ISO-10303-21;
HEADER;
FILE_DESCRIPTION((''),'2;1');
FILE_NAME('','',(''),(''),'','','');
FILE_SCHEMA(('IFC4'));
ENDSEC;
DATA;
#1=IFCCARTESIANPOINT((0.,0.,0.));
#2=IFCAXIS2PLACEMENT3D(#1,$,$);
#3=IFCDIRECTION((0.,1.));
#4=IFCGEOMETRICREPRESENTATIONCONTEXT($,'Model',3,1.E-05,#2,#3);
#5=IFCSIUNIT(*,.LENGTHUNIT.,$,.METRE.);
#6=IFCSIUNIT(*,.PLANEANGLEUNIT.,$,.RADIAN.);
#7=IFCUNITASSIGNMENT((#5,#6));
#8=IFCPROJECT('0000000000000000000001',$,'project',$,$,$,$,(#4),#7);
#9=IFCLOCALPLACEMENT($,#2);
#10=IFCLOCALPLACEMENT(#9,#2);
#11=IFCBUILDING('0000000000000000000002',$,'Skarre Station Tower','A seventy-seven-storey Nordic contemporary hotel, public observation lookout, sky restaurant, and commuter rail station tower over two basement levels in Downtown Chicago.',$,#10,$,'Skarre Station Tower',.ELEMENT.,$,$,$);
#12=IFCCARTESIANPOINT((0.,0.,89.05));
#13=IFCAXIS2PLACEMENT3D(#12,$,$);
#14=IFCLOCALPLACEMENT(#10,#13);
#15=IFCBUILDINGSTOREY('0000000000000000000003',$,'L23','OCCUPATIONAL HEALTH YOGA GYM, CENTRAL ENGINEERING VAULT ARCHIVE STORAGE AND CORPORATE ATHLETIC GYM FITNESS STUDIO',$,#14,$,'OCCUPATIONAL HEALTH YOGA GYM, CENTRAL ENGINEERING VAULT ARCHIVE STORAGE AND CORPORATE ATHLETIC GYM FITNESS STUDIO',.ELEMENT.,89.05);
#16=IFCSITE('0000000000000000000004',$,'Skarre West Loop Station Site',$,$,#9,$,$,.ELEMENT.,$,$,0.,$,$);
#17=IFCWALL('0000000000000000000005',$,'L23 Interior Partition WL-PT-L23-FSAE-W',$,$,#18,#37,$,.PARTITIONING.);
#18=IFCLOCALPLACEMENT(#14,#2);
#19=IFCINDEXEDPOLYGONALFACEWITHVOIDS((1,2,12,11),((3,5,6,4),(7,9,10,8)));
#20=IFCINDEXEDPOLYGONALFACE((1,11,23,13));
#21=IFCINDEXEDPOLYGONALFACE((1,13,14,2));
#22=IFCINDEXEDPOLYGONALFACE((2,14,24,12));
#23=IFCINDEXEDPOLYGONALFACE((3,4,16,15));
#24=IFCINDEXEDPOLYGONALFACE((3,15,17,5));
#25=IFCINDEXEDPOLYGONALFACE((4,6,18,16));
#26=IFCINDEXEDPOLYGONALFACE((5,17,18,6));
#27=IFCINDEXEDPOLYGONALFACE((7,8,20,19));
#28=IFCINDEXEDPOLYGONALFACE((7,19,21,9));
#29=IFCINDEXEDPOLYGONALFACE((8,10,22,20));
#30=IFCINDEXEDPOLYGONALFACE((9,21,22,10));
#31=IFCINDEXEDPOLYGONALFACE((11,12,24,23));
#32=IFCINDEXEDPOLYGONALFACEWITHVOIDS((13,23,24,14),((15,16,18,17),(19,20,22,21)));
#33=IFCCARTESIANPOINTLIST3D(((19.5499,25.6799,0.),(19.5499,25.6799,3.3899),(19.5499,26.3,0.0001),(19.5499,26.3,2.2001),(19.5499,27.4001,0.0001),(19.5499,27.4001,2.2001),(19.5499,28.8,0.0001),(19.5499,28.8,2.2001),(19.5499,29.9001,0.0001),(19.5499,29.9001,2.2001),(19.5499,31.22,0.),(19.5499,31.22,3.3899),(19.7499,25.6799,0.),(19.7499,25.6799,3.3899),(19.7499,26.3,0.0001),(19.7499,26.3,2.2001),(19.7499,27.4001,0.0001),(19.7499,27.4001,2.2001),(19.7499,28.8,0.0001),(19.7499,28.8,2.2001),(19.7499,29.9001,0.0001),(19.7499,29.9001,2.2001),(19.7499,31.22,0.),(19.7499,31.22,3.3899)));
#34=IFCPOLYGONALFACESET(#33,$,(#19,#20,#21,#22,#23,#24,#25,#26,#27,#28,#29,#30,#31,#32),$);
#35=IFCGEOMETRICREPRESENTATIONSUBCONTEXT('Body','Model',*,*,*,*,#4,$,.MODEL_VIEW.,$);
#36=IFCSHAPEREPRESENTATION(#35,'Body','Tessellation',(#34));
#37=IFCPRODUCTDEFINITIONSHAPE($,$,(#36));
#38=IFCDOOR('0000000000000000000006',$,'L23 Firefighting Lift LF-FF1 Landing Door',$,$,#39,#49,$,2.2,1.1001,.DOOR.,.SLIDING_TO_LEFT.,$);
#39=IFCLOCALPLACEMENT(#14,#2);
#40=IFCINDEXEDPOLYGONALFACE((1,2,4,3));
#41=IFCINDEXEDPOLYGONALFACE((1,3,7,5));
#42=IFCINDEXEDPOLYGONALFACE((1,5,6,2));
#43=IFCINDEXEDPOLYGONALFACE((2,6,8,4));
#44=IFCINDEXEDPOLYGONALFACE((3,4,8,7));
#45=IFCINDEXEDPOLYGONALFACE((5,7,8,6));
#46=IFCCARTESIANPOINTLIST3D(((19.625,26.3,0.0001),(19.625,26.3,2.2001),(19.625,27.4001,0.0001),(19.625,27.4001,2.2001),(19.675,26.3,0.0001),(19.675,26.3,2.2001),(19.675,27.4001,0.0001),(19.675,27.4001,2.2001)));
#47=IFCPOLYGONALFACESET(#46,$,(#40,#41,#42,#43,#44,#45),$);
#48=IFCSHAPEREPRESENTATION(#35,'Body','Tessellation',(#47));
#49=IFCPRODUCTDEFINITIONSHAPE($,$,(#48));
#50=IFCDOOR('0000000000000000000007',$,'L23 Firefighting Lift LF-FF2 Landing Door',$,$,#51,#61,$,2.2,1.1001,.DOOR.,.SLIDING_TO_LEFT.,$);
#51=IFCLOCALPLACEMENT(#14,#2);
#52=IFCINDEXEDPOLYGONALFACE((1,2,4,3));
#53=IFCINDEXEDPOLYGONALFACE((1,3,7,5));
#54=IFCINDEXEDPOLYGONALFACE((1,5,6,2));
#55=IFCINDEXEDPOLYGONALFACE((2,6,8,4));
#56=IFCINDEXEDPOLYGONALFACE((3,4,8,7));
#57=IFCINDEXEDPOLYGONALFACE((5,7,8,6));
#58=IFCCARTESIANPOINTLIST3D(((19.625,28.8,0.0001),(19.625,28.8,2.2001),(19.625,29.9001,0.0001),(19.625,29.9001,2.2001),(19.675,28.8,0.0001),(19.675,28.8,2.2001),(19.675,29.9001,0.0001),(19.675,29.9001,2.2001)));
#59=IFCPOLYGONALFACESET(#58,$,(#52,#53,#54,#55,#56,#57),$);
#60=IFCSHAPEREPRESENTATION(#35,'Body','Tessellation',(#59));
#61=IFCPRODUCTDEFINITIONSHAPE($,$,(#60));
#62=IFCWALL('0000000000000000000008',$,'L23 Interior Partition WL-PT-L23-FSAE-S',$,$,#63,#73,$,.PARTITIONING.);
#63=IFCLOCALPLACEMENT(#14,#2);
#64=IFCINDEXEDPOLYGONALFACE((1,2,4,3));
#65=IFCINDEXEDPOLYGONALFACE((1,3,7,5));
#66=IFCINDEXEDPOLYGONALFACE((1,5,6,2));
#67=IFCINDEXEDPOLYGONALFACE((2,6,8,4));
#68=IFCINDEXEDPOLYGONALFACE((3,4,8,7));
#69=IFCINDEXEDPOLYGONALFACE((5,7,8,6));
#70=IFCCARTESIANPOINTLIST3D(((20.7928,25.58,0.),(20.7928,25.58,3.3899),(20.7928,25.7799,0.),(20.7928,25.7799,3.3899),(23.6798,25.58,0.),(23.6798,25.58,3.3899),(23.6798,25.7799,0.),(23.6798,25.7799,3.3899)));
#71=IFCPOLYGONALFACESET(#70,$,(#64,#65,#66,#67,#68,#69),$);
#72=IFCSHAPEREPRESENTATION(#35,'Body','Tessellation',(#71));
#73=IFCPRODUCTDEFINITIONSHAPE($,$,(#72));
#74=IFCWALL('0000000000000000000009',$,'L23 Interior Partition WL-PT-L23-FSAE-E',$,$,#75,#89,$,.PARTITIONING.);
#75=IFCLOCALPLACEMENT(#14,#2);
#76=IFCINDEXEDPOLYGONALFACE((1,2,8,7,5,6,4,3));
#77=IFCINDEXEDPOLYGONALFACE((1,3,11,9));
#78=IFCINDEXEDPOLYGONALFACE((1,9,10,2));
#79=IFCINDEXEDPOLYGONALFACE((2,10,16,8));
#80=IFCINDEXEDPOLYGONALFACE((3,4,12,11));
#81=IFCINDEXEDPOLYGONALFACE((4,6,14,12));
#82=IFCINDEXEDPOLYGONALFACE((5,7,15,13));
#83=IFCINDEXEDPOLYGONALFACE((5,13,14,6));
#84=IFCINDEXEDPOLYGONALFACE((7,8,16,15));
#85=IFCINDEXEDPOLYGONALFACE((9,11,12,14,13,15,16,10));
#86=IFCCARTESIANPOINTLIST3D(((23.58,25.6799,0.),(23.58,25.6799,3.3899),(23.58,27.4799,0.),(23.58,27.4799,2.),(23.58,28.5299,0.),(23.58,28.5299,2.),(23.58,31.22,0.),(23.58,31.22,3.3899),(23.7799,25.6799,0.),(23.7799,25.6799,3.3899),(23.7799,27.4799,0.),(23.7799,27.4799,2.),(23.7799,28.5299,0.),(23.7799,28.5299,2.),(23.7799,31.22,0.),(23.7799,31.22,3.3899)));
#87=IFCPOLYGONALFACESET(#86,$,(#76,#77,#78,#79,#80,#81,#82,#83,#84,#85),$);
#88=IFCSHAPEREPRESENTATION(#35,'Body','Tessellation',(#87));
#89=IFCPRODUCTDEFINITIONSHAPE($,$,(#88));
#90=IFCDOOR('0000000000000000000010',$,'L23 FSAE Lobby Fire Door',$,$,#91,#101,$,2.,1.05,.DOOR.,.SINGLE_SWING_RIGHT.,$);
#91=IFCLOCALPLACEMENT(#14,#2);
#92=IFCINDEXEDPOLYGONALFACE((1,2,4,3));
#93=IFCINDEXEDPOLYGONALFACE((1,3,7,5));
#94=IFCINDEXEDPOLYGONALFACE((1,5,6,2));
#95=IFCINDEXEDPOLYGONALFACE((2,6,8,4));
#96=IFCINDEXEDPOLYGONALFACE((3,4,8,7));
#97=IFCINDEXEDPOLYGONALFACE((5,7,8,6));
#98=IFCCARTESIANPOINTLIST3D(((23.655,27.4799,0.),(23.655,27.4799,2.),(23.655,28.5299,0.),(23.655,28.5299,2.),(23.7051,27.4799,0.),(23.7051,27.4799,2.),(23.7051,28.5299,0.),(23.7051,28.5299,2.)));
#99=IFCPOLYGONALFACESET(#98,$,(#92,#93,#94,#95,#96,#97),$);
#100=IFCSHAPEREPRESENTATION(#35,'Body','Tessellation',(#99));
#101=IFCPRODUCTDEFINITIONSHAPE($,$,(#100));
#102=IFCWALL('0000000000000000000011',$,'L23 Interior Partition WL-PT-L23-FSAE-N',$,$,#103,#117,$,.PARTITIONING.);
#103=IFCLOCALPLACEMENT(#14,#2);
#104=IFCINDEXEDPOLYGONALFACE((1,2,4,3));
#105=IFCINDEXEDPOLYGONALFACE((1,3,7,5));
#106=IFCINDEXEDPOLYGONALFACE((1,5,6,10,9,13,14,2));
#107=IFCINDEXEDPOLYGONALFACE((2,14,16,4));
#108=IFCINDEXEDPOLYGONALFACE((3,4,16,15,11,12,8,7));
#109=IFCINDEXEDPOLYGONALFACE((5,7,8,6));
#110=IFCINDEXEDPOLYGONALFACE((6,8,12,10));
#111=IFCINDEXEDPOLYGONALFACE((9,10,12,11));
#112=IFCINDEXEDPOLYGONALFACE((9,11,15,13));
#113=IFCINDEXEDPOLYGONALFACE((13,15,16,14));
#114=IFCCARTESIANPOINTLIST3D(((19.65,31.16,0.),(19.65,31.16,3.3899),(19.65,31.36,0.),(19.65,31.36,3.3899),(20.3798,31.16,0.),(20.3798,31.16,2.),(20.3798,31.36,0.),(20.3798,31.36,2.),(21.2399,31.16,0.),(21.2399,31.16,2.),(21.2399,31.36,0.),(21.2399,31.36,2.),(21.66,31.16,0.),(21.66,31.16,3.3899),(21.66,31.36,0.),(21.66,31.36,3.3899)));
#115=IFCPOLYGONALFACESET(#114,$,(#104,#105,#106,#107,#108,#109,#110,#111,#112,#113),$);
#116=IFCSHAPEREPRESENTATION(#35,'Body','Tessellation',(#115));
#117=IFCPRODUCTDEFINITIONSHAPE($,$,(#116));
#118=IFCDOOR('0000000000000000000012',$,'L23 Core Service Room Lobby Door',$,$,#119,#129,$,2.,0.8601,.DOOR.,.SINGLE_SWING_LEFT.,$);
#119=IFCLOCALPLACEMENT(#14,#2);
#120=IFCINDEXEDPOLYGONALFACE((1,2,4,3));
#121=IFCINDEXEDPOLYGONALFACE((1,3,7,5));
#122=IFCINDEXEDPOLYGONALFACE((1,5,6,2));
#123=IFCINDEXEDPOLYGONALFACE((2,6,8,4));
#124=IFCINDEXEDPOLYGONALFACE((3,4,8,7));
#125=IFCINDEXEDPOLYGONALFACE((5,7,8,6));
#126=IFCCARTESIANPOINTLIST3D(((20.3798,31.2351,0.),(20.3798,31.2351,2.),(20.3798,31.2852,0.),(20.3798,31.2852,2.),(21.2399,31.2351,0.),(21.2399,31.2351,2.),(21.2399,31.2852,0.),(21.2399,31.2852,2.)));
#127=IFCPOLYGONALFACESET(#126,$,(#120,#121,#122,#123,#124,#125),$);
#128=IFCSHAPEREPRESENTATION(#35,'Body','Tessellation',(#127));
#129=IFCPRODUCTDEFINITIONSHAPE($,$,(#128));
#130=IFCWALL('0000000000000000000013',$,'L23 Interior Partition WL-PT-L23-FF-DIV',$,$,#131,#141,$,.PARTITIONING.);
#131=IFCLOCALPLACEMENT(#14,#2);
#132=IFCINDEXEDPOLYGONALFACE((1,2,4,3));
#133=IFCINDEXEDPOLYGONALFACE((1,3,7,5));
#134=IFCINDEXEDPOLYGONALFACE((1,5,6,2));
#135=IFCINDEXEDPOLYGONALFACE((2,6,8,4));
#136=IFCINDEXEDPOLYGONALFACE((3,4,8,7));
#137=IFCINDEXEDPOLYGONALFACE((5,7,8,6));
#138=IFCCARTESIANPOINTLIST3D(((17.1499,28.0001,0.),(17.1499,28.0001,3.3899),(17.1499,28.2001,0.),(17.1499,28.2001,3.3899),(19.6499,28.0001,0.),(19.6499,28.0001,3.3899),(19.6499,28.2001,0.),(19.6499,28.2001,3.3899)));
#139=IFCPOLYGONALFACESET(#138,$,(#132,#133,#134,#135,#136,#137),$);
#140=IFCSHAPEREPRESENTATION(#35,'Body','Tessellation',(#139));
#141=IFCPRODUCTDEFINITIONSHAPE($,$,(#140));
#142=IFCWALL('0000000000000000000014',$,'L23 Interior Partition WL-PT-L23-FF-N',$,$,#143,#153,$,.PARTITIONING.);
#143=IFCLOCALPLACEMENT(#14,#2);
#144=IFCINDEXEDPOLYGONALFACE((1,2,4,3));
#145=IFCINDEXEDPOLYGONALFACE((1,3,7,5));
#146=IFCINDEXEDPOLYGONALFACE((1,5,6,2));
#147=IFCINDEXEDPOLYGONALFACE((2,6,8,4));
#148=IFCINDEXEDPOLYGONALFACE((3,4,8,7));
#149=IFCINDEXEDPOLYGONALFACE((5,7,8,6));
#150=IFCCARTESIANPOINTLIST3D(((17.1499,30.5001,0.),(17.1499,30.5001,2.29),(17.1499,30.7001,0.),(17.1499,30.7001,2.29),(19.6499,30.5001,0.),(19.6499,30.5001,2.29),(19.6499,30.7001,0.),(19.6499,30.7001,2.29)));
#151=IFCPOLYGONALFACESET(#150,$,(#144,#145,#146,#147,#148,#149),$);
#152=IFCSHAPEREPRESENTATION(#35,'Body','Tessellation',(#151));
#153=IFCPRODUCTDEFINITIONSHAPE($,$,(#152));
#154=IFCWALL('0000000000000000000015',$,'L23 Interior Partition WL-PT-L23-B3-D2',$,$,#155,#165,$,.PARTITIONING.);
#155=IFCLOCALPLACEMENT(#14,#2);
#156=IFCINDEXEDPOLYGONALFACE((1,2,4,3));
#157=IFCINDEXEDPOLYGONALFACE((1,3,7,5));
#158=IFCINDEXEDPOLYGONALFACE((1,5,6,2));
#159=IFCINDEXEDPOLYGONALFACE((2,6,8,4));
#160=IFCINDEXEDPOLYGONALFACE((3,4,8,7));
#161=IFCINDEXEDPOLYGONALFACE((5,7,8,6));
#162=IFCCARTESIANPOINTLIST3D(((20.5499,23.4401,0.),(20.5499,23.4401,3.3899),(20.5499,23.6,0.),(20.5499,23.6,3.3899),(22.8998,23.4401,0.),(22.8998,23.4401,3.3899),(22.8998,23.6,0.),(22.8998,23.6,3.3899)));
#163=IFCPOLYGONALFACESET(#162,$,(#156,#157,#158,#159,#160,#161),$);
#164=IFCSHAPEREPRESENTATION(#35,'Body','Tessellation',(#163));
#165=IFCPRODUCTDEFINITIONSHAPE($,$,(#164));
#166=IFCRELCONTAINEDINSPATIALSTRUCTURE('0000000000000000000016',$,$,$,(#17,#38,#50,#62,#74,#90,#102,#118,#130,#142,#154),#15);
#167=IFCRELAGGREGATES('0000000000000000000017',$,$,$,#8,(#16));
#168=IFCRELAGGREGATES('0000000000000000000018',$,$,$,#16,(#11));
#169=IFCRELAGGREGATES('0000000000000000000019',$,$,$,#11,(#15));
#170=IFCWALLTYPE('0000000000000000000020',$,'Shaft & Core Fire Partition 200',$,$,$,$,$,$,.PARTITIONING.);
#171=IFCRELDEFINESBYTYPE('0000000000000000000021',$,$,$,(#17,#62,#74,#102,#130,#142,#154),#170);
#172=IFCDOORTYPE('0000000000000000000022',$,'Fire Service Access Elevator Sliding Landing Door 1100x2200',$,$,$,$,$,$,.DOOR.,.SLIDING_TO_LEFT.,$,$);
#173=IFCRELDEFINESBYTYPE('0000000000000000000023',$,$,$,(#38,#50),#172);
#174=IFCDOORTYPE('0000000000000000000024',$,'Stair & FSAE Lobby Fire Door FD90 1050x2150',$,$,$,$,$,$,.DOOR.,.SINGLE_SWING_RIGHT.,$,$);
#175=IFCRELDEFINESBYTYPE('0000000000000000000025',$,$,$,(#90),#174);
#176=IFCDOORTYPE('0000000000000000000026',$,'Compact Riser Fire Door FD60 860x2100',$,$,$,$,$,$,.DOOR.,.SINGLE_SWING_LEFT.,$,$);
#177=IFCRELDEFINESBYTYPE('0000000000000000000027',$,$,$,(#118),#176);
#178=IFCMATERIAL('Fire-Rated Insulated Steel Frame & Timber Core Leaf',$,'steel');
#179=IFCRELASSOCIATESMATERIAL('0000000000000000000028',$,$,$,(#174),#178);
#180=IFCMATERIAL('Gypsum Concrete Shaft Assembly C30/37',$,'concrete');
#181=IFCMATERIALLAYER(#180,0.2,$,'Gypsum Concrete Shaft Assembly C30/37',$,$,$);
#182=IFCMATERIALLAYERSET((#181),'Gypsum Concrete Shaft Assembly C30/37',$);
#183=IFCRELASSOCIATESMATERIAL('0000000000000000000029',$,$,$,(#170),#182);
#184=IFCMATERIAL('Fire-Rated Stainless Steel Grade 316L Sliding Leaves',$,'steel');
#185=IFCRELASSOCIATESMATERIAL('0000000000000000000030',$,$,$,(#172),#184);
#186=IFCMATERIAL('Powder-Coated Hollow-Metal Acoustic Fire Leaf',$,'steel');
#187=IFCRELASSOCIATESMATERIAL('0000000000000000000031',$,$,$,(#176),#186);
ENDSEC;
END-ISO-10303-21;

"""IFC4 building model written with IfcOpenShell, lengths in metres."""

from ifc_helpers import new_model, si_unit, direction, frame, frame_2d, origin, place, context, subcontext, project, spatial, rectangle, extrude, material, layer, layer_set, type_object, element, fill, save


model = new_model("IFC4")

# Units and contexts
model_context = context("Model", 3, precision=1e-05, world=origin(), true_north=direction((0.0, 1.0)))
body_context = subcontext(model_context, "Body", "Model", "MODEL_VIEW")
ifc_project = project(units=[si_unit("LENGTHUNIT", "METRE"), si_unit("PLANEANGLEUNIT", "RADIAN")], contexts=[model_context])

# Site, building, storey
site_placement = place(None, origin())
site = spatial("IfcSite", under=ifc_project, at=site_placement, Name="Skarre West Loop Station Site", CompositionType="ELEMENT", RefElevation=0.0)
building_placement = place(site_placement, origin())
building = spatial("IfcBuilding", under=site, at=building_placement, Name="Skarre Station Tower", Description="A seventy-seven-storey Nordic contemporary hotel, public observation lookout, sky restaurant, and commuter rail station tower over two basement levels in Downtown Chicago.", LongName="Skarre Station Tower", CompositionType="ELEMENT")
storey_placement = place(building_placement, frame((0.0, 0.0, 89.05)))
storey = spatial("IfcBuildingStorey", under=building, at=storey_placement, Name="L23", Description="OCCUPATIONAL HEALTH YOGA GYM, CENTRAL ENGINEERING VAULT ARCHIVE STORAGE AND CORPORATE ATHLETIC GYM FITNESS STUDIO", LongName="OCCUPATIONAL HEALTH YOGA GYM, CENTRAL ENGINEERING VAULT ARCHIVE STORAGE AND CORPORATE ATHLETIC GYM FITNESS STUDIO", CompositionType="ELEMENT", Elevation=89.05)

# Shared definitions
ifc_material_1 = material(Name="Fire-Rated Insulated Steel Frame & Timber Core Leaf", Category="steel")
door_type_1 = type_object("IfcDoorType", Name="Stair & FSAE Lobby Fire Door FD90 1050x2150", OperationType="SINGLE_SWING_RIGHT", PredefinedType="DOOR", material=ifc_material_1)

# Wall, openings, doors
ifc_material_2 = material(Name="Gypsum Concrete Shaft Assembly C30/37", Category="concrete")
ifc_layer_1 = layer(ifc_material_2, 0.2, Name="Gypsum Concrete Shaft Assembly C30/37")
ifc_layer_set_1 = layer_set([ifc_layer_1], Name="Gypsum Concrete Shaft Assembly C30/37")
wall_type_1 = type_object("IfcWallType", Name="Shaft & Core Fire Partition 200", PredefinedType="PARTITIONING", material=ifc_layer_set_1)
wall_1_placement = place(storey_placement, frame((19.6499, 25.6799, 0.0), z_axis=(0.0, 0.0, 1.0), x_axis=(0.0, 1.0, 0.0)))
wall_1 = element("IfcWall", 1, at=wall_1_placement, inside=storey, type_object=wall_type_1, Name="L23 Interior Partition WL-PT-L23-FSAE-W", PredefinedType="PARTITIONING", context=body_context, shape_type="SweptSolid", body=[
    extrude(rectangle(XDim=5.54, YDim=0.2, at=frame_2d((2.77, 0.0))), origin(), (0.0, 0.0, 1.0), 3.3899),
])
opening_1_placement = place(wall_1_placement, frame((0.6201, 0.0, 0.0)))
opening_1 = element("IfcOpeningElement", 2, at=opening_1_placement, cuts=wall_1, PredefinedType="OPENING", context=body_context, shape_type="SweptSolid", body=[
    extrude(rectangle(XDim=1.1001, YDim=2.2, at=frame_2d((0.55, 1.1001))), frame((0.0, 0.1099, 0.0), z_axis=(0.0, -1.0, 0.0), x_axis=(1.0, 0.0, 0.0)), (0.0, 0.0, 1.0), 0.22),
])
opening_2_placement = place(wall_1_placement, frame((3.1201, 0.0, 0.0)))
opening_2 = element("IfcOpeningElement", 3, at=opening_2_placement, cuts=wall_1, PredefinedType="OPENING", context=body_context, shape_type="SweptSolid", body=[
    extrude(rectangle(XDim=1.1001, YDim=2.2, at=frame_2d((0.55, 1.1001))), frame((0.0, 0.1099, 0.0), z_axis=(0.0, -1.0, 0.0), x_axis=(1.0, 0.0, 0.0)), (0.0, 0.0, 1.0), 0.22),
])
ifc_material_3 = material(Name="Fire-Rated Stainless Steel Grade 316L Sliding Leaves", Category="steel")
door_type_2 = type_object("IfcDoorType", Name="Fire Service Access Elevator Sliding Landing Door 1100x2200", OperationType="SLIDING_TO_LEFT", PredefinedType="DOOR", material=ifc_material_3)
door_1_placement = place(opening_1_placement, origin())
door_1 = element("IfcDoor", 4, at=door_1_placement, inside=storey, type_object=door_type_2, Name="L23 Firefighting Lift LF-FF1 Landing Door", OperationType="SLIDING_TO_LEFT", OverallHeight=2.2, OverallWidth=1.1001, PredefinedType="DOOR", context=body_context, shape_type="SweptSolid", body=[
    extrude(rectangle(XDim=1.1001, YDim=2.2, at=frame_2d((0.55, 1.1001))), frame((0.0, 0.0249, 0.0), z_axis=(0.0, -1.0, 0.0), x_axis=(1.0, 0.0, 0.0)), (0.0, 0.0, 1.0), 0.05),
])
fill(opening_1, door_1)
door_2_placement = place(opening_2_placement, origin())
door_2 = element("IfcDoor", 5, at=door_2_placement, inside=storey, type_object=door_type_2, Name="L23 Firefighting Lift LF-FF2 Landing Door", OperationType="SLIDING_TO_LEFT", OverallHeight=2.2, OverallWidth=1.1001, PredefinedType="DOOR", context=body_context, shape_type="SweptSolid", body=[
    extrude(rectangle(XDim=1.1001, YDim=2.2, at=frame_2d((0.55, 1.1001))), frame((0.0, 0.0249, 0.0), z_axis=(0.0, -1.0, 0.0), x_axis=(1.0, 0.0, 0.0)), (0.0, 0.0, 1.0), 0.05),
])
fill(opening_2, door_2)

# Wall
wall_2_placement = place(storey_placement, frame((20.793, 25.6799, 0.0), z_axis=(0.0, 0.0, 1.0), x_axis=(1.0, 0.0, 0.0)))
element("IfcWall", 6, at=wall_2_placement, inside=storey, type_object=wall_type_1, Name="L23 Interior Partition WL-PT-L23-FSAE-S", PredefinedType="PARTITIONING", context=body_context, shape_type="SweptSolid", body=[
    extrude(rectangle(XDim=2.887, YDim=0.2, at=frame_2d((1.4434, 0.0))), origin(), (0.0, 0.0, 1.0), 3.3899),
])

# Walls, openings, doors
wall_3_placement = place(storey_placement, frame((23.6799, 25.6799, 0.0), z_axis=(0.0, 0.0, 1.0), x_axis=(0.0, 1.0, 0.0)))
wall_3 = element("IfcWall", 7, at=wall_3_placement, inside=storey, type_object=wall_type_1, Name="L23 Interior Partition WL-PT-L23-FSAE-E", PredefinedType="PARTITIONING", context=body_context, shape_type="SweptSolid", body=[
    extrude(rectangle(XDim=5.54, YDim=0.2, at=frame_2d((2.77, 0.0))), origin(), (0.0, 0.0, 1.0), 3.3899),
])
opening_3_placement = place(wall_3_placement, frame((1.8, 0.0, 0.0)))
opening_3 = element("IfcOpeningElement", 8, at=opening_3_placement, cuts=wall_3, PredefinedType="OPENING", context=body_context, shape_type="SweptSolid", body=[
    extrude(rectangle(XDim=1.05, YDim=2.0, at=frame_2d((0.5249, 1.0))), frame((0.0, 0.1099, 0.0), z_axis=(0.0, -1.0, 0.0), x_axis=(1.0, 0.0, 0.0)), (0.0, 0.0, 1.0), 0.22),
])
door_3_placement = place(opening_3_placement, origin())
door_3 = element("IfcDoor", 9, at=door_3_placement, inside=storey, type_object=door_type_1, Name="L23 FSAE Lobby Fire Door", OperationType="SINGLE_SWING_RIGHT", OverallHeight=2.0, OverallWidth=1.05, PredefinedType="DOOR", context=body_context, shape_type="SweptSolid", body=[
    extrude(rectangle(XDim=1.05, YDim=2.0, at=frame_2d((0.5249, 1.0))), frame((0.0, 0.0249, 0.0), z_axis=(0.0, -1.0, 0.0), x_axis=(1.0, 0.0, 0.0)), (0.0, 0.0, 1.0), 0.05),
])
fill(opening_3, door_3)
wall_4_placement = place(storey_placement, frame((21.6599, 31.26, 0.0), z_axis=(0.0, 0.0, 1.0), x_axis=(-1.0, 0.0, 0.0)))
wall_4 = element("IfcWall", 10, at=wall_4_placement, inside=storey, type_object=wall_type_1, Name="L23 Interior Partition WL-PT-L23-FSAE-N", PredefinedType="PARTITIONING", context=body_context, shape_type="SweptSolid", body=[
    extrude(rectangle(XDim=2.01, YDim=0.2, at=frame_2d((1.0049, 0.0))), origin(), (0.0, 0.0, 1.0), 3.3899),
])
opening_4_placement = place(wall_4_placement, frame((0.4199, 0.0, 0.0)))
opening_4 = element("IfcOpeningElement", 11, at=opening_4_placement, cuts=wall_4, PredefinedType="OPENING", context=body_context, shape_type="SweptSolid", body=[
    extrude(rectangle(XDim=0.8601, YDim=2.0, at=frame_2d((0.4302, 1.0))), frame((0.0, 0.1099, 0.0), z_axis=(0.0, -1.0, 0.0), x_axis=(1.0, 0.0, 0.0)), (0.0, 0.0, 1.0), 0.22),
])
ifc_material_4 = material(Name="Powder-Coated Hollow-Metal Acoustic Fire Leaf", Category="steel")
door_type_3 = type_object("IfcDoorType", Name="Compact Riser Fire Door FD60 860x2100", OperationType="SINGLE_SWING_LEFT", PredefinedType="DOOR", material=ifc_material_4)
door_4_placement = place(opening_4_placement, origin())
door_4 = element("IfcDoor", 12, at=door_4_placement, inside=storey, type_object=door_type_3, Name="L23 Core Service Room Lobby Door", OperationType="SINGLE_SWING_LEFT", OverallHeight=2.0, OverallWidth=0.8601, PredefinedType="DOOR", context=body_context, shape_type="SweptSolid", body=[
    extrude(rectangle(XDim=0.8601, YDim=2.0, at=frame_2d((0.4302, 1.0))), frame((0.0, 0.0249, 0.0), z_axis=(0.0, -1.0, 0.0), x_axis=(1.0, 0.0, 0.0)), (0.0, 0.0, 1.0), 0.05),
])
fill(opening_4, door_4)

# Walls
wall_5_placement = place(storey_placement, frame((17.1499, 28.1001, 0.0), z_axis=(0.0, 0.0, 1.0), x_axis=(1.0, 0.0, 0.0)))
element("IfcWall", 13, at=wall_5_placement, inside=storey, type_object=wall_type_1, Name="L23 Interior Partition WL-PT-L23-FF-DIV", PredefinedType="PARTITIONING", context=body_context, shape_type="SweptSolid", body=[
    extrude(rectangle(XDim=2.5, YDim=0.2, at=frame_2d((1.25, 0.0))), origin(), (0.0, 0.0, 1.0), 3.3899),
])
wall_6_placement = place(storey_placement, frame((19.6499, 30.6001, 0.0), z_axis=(0.0, 0.0, 1.0), x_axis=(-1.0, 0.0, 0.0)))
element("IfcWall", 14, at=wall_6_placement, inside=storey, type_object=wall_type_1, Name="L23 Interior Partition WL-PT-L23-FF-N", PredefinedType="PARTITIONING", context=body_context, shape_type="SweptSolid", body=[
    extrude(rectangle(XDim=2.5, YDim=0.2, at=frame_2d((1.25, 0.0))), origin(), (0.0, 0.0, 1.0), 2.29),
])
wall_7_placement = place(storey_placement, frame((20.55, 23.52, 0.0), z_axis=(0.0, 0.0, 1.0), x_axis=(1.0, 0.0, 0.0)))
element("IfcWall", 15, at=wall_7_placement, inside=storey, type_object=wall_type_1, Name="L23 Interior Partition WL-PT-L23-B3-D2", PredefinedType="PARTITIONING", context=body_context, shape_type="SweptSolid", body=[
    extrude(rectangle(XDim=2.3499, YDim=0.1599, at=frame_2d((1.1748, 0.0))), origin(), (0.0, 0.0, 1.0), 3.3899),
])

save(model, "model.ifc")
